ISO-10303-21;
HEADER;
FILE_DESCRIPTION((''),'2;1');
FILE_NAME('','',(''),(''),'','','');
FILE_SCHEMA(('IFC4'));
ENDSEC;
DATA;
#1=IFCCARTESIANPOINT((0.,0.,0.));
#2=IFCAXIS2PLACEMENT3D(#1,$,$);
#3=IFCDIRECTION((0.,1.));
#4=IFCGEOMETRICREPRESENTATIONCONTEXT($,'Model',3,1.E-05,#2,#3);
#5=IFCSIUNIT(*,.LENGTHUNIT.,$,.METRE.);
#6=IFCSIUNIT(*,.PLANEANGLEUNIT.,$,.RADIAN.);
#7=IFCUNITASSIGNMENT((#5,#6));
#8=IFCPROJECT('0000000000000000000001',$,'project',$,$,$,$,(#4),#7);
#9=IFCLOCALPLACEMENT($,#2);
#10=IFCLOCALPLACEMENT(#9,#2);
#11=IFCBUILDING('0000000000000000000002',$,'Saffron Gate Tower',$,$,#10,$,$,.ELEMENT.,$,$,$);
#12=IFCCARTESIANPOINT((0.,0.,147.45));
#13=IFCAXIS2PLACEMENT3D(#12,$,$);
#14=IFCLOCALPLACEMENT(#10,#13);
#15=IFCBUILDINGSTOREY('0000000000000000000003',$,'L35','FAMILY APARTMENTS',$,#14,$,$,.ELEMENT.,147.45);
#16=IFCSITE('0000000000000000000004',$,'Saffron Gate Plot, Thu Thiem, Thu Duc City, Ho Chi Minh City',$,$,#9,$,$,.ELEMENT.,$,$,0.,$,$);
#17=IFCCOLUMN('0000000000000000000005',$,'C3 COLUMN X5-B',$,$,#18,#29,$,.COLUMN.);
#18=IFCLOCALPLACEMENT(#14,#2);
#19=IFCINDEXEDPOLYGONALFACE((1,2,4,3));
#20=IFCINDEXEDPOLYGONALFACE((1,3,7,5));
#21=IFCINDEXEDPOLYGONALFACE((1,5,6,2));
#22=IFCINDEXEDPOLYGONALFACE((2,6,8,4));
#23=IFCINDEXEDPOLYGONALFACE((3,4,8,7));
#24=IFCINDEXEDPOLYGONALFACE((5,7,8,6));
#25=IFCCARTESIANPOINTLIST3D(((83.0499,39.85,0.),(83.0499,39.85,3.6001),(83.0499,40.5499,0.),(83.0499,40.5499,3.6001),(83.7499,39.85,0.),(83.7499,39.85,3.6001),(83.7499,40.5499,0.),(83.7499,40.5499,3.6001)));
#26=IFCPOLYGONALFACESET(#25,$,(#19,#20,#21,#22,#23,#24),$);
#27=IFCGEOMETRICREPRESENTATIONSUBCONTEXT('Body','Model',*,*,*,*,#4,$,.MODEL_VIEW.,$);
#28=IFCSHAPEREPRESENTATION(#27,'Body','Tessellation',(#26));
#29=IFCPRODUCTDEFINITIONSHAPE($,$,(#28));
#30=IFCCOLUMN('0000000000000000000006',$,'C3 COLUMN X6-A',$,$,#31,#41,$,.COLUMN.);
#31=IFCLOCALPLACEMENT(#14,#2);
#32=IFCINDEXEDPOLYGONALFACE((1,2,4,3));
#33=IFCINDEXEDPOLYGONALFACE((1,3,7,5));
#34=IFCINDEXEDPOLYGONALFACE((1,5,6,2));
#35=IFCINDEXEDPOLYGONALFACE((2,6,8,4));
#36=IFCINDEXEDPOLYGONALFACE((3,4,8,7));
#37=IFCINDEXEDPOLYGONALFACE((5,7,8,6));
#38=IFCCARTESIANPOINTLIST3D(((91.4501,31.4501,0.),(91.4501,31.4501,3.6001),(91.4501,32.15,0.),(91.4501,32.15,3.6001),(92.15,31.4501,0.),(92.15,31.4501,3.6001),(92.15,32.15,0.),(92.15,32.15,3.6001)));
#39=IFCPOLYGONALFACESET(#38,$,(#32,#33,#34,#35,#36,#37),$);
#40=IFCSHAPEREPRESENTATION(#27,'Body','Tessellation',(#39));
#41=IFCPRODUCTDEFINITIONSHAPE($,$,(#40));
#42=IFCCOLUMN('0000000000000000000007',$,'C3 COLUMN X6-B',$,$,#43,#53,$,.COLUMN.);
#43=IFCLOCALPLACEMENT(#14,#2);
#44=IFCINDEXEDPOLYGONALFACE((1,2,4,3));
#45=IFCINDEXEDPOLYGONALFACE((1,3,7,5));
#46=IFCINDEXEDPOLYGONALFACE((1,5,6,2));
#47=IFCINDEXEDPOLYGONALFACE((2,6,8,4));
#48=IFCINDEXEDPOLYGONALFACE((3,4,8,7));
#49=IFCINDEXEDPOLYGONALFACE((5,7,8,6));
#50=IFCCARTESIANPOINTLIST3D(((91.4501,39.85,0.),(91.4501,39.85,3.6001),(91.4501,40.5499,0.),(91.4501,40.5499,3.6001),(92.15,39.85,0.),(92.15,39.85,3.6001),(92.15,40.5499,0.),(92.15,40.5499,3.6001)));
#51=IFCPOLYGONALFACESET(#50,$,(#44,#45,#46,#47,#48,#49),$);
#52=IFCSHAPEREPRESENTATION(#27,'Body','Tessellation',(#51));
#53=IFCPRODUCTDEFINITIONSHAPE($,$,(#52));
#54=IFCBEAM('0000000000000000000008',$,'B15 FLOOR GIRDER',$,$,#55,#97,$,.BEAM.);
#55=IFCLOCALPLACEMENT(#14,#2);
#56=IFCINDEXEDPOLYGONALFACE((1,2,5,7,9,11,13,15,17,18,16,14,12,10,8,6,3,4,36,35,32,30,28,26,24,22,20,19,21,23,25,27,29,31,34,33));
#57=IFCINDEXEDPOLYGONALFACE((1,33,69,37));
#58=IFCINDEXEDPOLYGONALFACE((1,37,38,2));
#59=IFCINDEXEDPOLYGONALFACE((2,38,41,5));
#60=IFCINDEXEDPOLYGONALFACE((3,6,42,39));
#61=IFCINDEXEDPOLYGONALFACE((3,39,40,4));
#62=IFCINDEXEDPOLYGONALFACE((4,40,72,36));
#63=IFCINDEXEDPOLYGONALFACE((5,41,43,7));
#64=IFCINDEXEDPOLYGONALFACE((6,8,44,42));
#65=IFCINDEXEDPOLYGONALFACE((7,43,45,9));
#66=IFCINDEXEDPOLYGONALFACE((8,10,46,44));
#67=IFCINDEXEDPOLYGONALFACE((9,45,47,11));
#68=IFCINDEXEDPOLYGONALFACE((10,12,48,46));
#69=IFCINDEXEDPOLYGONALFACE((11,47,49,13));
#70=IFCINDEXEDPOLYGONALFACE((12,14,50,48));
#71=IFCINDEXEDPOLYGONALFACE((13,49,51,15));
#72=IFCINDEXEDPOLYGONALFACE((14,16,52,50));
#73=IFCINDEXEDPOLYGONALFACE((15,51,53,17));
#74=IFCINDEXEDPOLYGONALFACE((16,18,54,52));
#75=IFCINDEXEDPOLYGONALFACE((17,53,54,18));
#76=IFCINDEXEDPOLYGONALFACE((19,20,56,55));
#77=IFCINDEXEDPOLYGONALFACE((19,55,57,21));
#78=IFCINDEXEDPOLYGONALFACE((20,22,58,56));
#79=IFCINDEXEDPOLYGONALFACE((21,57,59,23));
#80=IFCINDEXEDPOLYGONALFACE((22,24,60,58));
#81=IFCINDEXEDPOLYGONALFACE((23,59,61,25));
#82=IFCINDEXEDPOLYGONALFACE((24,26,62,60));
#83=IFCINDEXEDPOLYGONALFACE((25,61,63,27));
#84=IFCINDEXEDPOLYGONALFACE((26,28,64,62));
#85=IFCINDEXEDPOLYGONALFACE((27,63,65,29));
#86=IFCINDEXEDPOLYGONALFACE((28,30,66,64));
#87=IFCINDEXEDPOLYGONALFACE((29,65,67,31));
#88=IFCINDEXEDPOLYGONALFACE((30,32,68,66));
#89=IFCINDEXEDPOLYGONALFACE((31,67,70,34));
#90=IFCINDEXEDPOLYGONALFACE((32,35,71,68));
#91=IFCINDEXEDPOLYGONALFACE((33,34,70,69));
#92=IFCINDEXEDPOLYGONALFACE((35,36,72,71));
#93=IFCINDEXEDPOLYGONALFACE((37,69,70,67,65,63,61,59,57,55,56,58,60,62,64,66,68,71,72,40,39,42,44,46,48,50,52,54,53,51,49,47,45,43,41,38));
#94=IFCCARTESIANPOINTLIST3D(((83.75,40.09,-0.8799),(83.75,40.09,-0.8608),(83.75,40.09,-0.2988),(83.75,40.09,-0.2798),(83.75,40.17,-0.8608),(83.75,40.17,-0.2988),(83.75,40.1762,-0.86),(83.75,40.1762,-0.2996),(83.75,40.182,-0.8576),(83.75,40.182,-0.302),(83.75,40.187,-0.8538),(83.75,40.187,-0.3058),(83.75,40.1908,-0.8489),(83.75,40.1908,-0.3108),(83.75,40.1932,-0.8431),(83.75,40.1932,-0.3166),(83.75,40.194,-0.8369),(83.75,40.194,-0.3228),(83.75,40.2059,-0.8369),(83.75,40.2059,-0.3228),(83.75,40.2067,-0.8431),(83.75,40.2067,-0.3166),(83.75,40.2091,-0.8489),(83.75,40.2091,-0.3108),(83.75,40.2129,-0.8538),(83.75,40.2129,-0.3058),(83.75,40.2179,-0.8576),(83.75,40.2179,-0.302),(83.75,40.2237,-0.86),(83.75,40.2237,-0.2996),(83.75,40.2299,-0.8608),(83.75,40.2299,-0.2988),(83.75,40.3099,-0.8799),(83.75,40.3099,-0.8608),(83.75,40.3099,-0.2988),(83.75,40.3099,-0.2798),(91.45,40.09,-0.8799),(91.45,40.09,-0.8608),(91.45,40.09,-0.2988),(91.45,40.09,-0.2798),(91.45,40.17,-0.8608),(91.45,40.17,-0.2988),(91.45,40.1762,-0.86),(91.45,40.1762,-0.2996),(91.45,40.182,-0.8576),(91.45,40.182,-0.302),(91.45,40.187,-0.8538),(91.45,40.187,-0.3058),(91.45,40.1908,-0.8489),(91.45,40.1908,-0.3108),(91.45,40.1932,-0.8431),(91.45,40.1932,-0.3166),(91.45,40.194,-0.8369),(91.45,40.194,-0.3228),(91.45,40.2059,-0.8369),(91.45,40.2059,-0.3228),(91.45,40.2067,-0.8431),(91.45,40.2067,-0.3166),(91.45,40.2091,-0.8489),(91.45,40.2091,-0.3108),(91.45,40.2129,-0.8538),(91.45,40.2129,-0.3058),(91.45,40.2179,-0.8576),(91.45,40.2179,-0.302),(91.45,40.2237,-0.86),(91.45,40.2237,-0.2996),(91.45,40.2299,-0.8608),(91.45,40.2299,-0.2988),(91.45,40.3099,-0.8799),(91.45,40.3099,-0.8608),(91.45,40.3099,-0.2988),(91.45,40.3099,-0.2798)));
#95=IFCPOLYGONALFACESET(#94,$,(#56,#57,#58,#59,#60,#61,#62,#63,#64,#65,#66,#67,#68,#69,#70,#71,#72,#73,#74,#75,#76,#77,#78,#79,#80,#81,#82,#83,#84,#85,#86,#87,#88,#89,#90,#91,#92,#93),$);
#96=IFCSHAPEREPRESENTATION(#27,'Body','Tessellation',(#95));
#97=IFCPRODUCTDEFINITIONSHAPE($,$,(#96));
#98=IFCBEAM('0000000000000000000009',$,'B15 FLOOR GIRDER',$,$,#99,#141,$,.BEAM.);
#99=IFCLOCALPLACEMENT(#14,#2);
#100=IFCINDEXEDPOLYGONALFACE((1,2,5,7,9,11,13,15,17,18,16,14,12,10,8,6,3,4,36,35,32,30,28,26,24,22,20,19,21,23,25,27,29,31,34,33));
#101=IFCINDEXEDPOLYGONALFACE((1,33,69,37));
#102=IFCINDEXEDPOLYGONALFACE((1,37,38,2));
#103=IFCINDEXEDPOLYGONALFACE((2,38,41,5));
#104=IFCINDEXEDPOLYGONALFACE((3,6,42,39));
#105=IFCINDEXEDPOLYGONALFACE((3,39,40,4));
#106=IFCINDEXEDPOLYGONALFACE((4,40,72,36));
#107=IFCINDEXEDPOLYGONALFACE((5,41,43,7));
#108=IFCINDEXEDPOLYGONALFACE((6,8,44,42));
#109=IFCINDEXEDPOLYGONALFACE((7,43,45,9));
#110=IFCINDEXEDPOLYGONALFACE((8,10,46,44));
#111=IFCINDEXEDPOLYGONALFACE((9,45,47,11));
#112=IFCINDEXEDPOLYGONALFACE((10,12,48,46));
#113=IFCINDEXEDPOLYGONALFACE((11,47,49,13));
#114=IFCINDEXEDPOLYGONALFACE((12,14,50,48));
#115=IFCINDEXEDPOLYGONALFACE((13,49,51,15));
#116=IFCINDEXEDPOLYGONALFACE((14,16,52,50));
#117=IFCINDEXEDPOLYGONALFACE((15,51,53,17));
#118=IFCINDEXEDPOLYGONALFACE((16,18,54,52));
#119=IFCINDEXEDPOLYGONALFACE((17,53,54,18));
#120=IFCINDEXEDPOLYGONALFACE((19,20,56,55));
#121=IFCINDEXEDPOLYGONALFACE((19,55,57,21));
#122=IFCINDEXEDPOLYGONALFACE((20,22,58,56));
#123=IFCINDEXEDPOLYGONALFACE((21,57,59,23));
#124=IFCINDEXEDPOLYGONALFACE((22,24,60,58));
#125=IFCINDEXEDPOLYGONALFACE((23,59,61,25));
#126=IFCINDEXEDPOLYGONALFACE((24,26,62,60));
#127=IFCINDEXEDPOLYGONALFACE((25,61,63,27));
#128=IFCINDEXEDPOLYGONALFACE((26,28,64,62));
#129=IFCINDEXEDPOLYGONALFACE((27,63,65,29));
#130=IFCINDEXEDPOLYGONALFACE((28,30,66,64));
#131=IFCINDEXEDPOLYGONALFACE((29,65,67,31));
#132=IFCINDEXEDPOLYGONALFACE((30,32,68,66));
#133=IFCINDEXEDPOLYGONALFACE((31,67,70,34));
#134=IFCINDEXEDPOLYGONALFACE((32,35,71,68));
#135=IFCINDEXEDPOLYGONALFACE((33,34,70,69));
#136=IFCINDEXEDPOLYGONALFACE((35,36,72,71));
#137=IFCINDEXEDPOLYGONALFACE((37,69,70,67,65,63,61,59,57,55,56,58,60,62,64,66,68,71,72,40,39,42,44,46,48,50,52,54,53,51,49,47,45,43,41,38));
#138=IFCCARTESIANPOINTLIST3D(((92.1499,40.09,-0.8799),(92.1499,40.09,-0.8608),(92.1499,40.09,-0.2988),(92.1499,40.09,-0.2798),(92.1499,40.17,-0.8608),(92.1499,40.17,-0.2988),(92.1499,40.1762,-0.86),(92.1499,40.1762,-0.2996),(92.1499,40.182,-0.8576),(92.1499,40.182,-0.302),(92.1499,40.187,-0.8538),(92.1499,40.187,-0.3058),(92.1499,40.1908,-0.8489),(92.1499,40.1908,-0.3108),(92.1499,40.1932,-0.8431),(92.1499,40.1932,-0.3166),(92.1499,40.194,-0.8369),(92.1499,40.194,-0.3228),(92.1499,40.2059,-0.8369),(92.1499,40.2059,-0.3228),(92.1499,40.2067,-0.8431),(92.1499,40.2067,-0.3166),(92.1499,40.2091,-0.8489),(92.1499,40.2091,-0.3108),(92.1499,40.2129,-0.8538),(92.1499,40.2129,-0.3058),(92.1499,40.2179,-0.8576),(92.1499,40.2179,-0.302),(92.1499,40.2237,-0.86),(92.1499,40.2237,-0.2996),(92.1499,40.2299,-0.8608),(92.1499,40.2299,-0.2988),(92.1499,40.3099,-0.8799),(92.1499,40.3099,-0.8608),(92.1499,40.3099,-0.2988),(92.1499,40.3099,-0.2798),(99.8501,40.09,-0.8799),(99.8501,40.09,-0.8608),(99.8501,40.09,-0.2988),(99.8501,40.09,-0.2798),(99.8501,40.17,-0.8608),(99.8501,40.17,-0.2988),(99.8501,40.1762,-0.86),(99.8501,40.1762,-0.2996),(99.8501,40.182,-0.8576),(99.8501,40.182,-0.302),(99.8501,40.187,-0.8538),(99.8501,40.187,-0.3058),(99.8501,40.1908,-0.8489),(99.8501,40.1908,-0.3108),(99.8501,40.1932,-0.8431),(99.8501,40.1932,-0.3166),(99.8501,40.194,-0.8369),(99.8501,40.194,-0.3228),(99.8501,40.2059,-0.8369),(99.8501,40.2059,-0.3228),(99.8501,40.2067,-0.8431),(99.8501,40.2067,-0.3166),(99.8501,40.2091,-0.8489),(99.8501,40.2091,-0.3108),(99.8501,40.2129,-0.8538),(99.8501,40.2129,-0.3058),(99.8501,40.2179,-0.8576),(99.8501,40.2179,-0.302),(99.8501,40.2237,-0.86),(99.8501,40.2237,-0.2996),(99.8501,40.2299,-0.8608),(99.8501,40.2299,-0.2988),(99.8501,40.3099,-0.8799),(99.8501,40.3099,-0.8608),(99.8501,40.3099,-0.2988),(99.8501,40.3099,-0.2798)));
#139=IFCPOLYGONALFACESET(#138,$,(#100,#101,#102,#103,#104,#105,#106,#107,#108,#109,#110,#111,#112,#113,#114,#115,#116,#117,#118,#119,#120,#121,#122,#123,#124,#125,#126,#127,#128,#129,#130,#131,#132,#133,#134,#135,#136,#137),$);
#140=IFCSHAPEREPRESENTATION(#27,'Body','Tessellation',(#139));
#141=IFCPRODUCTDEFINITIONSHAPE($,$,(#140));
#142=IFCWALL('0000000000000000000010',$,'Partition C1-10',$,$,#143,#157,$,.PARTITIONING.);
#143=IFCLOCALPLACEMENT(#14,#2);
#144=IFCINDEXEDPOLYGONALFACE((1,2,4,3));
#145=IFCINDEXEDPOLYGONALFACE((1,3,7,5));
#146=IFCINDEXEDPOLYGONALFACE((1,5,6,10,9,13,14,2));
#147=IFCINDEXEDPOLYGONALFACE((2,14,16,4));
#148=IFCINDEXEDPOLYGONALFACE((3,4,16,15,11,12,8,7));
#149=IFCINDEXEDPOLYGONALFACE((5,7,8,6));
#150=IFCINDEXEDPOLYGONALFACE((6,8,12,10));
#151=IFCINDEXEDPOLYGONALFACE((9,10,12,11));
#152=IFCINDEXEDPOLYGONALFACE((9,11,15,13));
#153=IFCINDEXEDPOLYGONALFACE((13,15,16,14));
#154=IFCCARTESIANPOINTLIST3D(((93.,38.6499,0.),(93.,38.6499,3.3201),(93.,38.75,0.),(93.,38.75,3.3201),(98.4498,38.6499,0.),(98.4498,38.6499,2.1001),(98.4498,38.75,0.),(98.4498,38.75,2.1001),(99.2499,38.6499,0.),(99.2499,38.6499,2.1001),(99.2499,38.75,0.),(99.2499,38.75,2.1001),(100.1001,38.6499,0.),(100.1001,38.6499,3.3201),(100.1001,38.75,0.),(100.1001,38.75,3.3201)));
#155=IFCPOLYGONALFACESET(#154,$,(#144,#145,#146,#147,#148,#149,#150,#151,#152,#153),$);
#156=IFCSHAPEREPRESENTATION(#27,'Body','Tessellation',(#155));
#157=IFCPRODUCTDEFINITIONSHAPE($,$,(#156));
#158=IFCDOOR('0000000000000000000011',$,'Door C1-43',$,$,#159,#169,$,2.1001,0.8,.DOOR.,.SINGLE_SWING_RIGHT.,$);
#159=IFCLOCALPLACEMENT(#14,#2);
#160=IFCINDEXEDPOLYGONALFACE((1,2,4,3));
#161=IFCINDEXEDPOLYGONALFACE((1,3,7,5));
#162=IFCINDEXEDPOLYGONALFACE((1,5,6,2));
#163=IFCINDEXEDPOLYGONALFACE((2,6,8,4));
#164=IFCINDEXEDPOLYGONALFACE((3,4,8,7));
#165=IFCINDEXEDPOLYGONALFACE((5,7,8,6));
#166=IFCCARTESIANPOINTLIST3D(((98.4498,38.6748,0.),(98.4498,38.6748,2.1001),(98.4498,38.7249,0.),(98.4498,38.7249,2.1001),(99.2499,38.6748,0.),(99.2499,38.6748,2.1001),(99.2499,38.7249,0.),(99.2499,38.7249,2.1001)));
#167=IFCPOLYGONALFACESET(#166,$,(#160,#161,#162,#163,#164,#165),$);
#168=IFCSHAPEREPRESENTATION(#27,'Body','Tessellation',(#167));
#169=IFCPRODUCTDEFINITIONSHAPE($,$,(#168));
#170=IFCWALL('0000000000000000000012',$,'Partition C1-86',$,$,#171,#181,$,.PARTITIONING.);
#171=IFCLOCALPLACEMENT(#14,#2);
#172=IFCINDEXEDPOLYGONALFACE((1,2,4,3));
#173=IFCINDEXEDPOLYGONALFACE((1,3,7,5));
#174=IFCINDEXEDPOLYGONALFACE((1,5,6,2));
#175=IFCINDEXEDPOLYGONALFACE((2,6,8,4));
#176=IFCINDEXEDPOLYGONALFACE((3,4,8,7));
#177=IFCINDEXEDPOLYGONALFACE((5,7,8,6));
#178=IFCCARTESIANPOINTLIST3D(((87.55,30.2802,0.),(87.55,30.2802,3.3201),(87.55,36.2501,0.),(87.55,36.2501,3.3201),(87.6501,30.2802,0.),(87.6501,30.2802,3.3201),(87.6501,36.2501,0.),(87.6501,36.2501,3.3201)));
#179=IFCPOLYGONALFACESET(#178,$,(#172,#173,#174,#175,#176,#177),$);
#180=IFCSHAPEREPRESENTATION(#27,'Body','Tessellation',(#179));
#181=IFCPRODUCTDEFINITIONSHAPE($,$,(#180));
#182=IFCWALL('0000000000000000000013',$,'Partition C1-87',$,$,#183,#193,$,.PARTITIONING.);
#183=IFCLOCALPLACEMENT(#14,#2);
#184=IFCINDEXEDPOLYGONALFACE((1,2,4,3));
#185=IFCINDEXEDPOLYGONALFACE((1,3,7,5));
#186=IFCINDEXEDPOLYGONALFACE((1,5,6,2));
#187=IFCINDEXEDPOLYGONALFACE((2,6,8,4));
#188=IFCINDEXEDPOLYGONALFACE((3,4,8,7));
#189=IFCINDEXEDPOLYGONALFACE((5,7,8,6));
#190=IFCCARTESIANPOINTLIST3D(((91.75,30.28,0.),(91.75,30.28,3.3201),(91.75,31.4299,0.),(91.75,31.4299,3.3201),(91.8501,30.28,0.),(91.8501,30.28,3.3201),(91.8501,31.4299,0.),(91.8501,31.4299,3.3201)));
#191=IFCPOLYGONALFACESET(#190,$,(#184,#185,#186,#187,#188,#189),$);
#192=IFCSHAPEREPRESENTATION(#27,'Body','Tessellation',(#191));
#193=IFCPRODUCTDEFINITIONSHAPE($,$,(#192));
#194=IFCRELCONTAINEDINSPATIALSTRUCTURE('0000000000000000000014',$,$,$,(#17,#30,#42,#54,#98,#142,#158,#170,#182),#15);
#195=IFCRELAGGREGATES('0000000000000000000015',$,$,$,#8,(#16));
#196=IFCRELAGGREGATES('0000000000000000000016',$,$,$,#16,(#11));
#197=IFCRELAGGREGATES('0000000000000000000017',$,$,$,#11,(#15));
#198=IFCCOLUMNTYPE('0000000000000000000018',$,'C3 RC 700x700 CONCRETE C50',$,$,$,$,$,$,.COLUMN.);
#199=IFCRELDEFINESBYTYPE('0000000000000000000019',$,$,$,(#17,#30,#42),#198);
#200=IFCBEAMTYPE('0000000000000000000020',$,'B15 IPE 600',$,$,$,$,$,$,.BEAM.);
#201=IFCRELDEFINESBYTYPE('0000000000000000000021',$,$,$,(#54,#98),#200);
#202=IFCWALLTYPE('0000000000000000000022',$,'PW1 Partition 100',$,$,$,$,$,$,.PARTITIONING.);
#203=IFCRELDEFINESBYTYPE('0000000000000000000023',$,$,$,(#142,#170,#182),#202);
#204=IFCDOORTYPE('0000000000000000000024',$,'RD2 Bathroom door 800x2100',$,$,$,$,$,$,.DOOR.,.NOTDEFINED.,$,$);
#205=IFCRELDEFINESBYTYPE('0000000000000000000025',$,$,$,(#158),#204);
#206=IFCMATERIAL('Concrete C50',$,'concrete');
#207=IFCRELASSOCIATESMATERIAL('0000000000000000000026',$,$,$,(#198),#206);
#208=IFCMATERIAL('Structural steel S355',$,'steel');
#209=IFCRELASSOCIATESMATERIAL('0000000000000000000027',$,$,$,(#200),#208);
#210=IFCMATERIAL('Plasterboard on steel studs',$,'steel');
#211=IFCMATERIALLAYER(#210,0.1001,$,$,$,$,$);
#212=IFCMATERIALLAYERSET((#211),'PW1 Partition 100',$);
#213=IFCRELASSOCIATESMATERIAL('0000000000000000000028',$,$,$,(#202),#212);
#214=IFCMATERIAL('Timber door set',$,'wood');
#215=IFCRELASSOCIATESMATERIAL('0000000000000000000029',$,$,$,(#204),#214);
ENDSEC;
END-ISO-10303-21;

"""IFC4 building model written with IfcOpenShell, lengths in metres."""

from ifc_helpers import new_model, si_unit, direction, frame, frame_2d, origin, origin_2d, place, context, subcontext, project, spatial, rectangle, i_section, extrude, material, layer, layer_set, material_profile, profile_set, type_object, element, fill, save


model = new_model("IFC4")

# Units and contexts
model_context = context("Model", 3, precision=1e-05, world=origin(), true_north=direction((0.0, 1.0)))
body_context = subcontext(model_context, "Body", "Model", "MODEL_VIEW")
ifc_project = project(units=[si_unit("LENGTHUNIT", "METRE"), si_unit("PLANEANGLEUNIT", "RADIAN")], contexts=[model_context])

# Site, building, storey
site_placement = place(None, origin())
site = spatial("IfcSite", under=ifc_project, at=site_placement, Name="Saffron Gate Plot, Thu Thiem, Thu Duc City, Ho Chi Minh City", CompositionType="ELEMENT", RefElevation=0.0)
building_placement = place(site_placement, origin())
building = spatial("IfcBuilding", under=site, at=building_placement, Name="Saffron Gate Tower", CompositionType="ELEMENT")
storey_placement = place(building_placement, frame((0.0, 0.0, 147.45)))
storey = spatial("IfcBuildingStorey", under=building, at=storey_placement, Name="L35", Description="FAMILY APARTMENTS", CompositionType="ELEMENT", Elevation=147.45)

# Columns
ifc_material_1 = material(Name="Concrete C50", Category="concrete")
ifc_material_profile_1 = material_profile(ifc_material_1, rectangle(XDim=0.7, YDim=0.7, at=origin_2d()))
ifc_profile_set_1 = profile_set([ifc_material_profile_1], Name="Concrete C50")
column_type = type_object("IfcColumnType", Name="C3 RC 700x700 CONCRETE C50", PredefinedType="COLUMN", material=ifc_profile_set_1)
for number, where, z_axis, x_axis, name in (
    (1, (83.3999, 40.2, 0.0), (0.0, 0.0, 1.0), (1.0, 0.0, 0.0), "C3 COLUMN X5-B"),
    (2, (91.8, 31.8, 0.0), (0.0, 0.0, 1.0), (1.0, 0.0, 0.0), "C3 COLUMN X6-A"),
    (3, (91.8, 40.2, 0.0), (0.0, 0.0, 1.0), (1.0, 0.0, 0.0), "C3 COLUMN X6-B"),
):
    element("IfcColumn", number, at=place(storey_placement, frame(where, z_axis=z_axis, x_axis=x_axis)), inside=storey, type_object=column_type, Name=name, PredefinedType="COLUMN", context=body_context, shape_type="SweptSolid", body=[
        extrude(rectangle(XDim=0.7, YDim=0.7, at=origin_2d()), origin(), (0.0, 0.0, 1.0), 3.6001),
    ])

# Beams
ifc_material_2 = material(Name="Structural steel S355", Category="steel")
ifc_material_profile_2 = material_profile(ifc_material_2, i_section(OverallWidth=0.22, OverallDepth=0.6001, WebThickness=0.012, FlangeThickness=0.019, FilletRadius=0.0239, at=origin_2d()))
ifc_profile_set_2 = profile_set([ifc_material_profile_2], Name="Structural steel S355")
beam_type = type_object("IfcBeamType", Name="B15 IPE 600", PredefinedType="BEAM", material=ifc_profile_set_2)
beam_1_placement = place(storey_placement, frame((83.75, 40.2, -0.5798), z_axis=(1.0, 0.0, 0.0), x_axis=(0.0, 1.0, 0.0)))
element("IfcBeam", 4, at=beam_1_placement, inside=storey, type_object=beam_type, Name="B15 FLOOR GIRDER", PredefinedType="BEAM", context=body_context, shape_type="SweptSolid", body=[
    extrude(i_section(OverallWidth=0.22, OverallDepth=0.6001, WebThickness=0.012, FlangeThickness=0.019, FilletRadius=0.0239, at=origin_2d()), origin(), (0.0, 0.0, 1.0), 7.7),
])
beam_2_placement = place(storey_placement, frame((92.1499, 40.2, -0.5798), z_axis=(1.0, 0.0, 0.0), x_axis=(0.0, 1.0, 0.0)))
element("IfcBeam", 5, at=beam_2_placement, inside=storey, type_object=beam_type, Name="B15 FLOOR GIRDER", PredefinedType="BEAM", context=body_context, shape_type="SweptSolid", body=[
    extrude(i_section(OverallWidth=0.22, OverallDepth=0.6001, WebThickness=0.012, FlangeThickness=0.019, FilletRadius=0.0239, at=origin_2d()), origin(), (0.0, 0.0, 1.0), 7.7002),
])

# Wall, opening, door
ifc_material_3 = material(Name="Plasterboard on steel studs", Category="steel")
ifc_layer_1 = layer(ifc_material_3, 0.1001)
ifc_layer_set_1 = layer_set([ifc_layer_1], Name="PW1 Partition 100")
wall_type_1 = type_object("IfcWallType", Name="PW1 Partition 100", PredefinedType="PARTITIONING", material=ifc_layer_set_1)
wall_1_placement = place(storey_placement, frame((93.0, 38.7, 0.0), z_axis=(0.0, 0.0, 1.0), x_axis=(1.0, 0.0, 0.0)))
wall_1 = element("IfcWall", 6, at=wall_1_placement, inside=storey, type_object=wall_type_1, Name="Partition C1-10", PredefinedType="PARTITIONING", context=body_context, shape_type="SweptSolid", body=[
    extrude(rectangle(XDim=7.1001, YDim=0.1001, at=frame_2d((3.55, 0.0))), origin(), (0.0, 0.0, 1.0), 3.3201),
])
opening_1_placement = place(wall_1_placement, frame((5.45, 0.0, 0.0)))
opening_1 = element("IfcOpeningElement", 7, at=opening_1_placement, cuts=wall_1, PredefinedType="OPENING", context=body_context, shape_type="SweptSolid", body=[
    extrude(rectangle(XDim=0.8, YDim=2.1001, at=frame_2d((0.3999, 1.05))), frame((0.0, 0.0601, 0.0), z_axis=(0.0, -1.0, 0.0), x_axis=(1.0, 0.0, 0.0)), (0.0, 0.0, 1.0), 0.1201),
])
ifc_material_4 = material(Name="Timber door set", Category="wood")
door_type_1 = type_object("IfcDoorType", Name="RD2 Bathroom door 800x2100", OperationType="NOTDEFINED", PredefinedType="DOOR", material=ifc_material_4)
door_1_placement = place(opening_1_placement, origin())
door_1 = element("IfcDoor", 8, at=door_1_placement, inside=storey, type_object=door_type_1, Name="Door C1-43", OperationType="SINGLE_SWING_RIGHT", OverallHeight=2.1001, OverallWidth=0.8, PredefinedType="DOOR", context=body_context, shape_type="SweptSolid", body=[
    extrude(rectangle(XDim=0.8, YDim=2.1001, at=frame_2d((0.3999, 1.05))), frame((0.0, 0.0249, 0.0), z_axis=(0.0, -1.0, 0.0), x_axis=(1.0, 0.0, 0.0)), (0.0, 0.0, 1.0), 0.05),
])
fill(opening_1, door_1)

# Walls
wall_2_placement = place(storey_placement, frame((87.6001, 36.25, 0.0), z_axis=(0.0, 0.0, 1.0), x_axis=(0.0, -1.0, 0.0)))
element("IfcWall", 9, at=wall_2_placement, inside=storey, type_object=wall_type_1, Name="Partition C1-86", PredefinedType="PARTITIONING", context=body_context, shape_type="SweptSolid", body=[
    extrude(rectangle(XDim=5.97, YDim=0.1001, at=frame_2d((2.9849, 0.0))), origin(), (0.0, 0.0, 1.0), 3.3201),
])
wall_3_placement = place(storey_placement, frame((91.8, 31.4299, 0.0), z_axis=(0.0, 0.0, 1.0), x_axis=(0.0, -1.0, 0.0)))
element("IfcWall", 10, at=wall_3_placement, inside=storey, type_object=wall_type_1, Name="Partition C1-87", PredefinedType="PARTITIONING", context=body_context, shape_type="SweptSolid", body=[
    extrude(rectangle(XDim=1.1499, YDim=0.1001, at=frame_2d((0.575, 0.0))), origin(), (0.0, 0.0, 1.0), 3.3201),
])

save(model, "model.ifc")
